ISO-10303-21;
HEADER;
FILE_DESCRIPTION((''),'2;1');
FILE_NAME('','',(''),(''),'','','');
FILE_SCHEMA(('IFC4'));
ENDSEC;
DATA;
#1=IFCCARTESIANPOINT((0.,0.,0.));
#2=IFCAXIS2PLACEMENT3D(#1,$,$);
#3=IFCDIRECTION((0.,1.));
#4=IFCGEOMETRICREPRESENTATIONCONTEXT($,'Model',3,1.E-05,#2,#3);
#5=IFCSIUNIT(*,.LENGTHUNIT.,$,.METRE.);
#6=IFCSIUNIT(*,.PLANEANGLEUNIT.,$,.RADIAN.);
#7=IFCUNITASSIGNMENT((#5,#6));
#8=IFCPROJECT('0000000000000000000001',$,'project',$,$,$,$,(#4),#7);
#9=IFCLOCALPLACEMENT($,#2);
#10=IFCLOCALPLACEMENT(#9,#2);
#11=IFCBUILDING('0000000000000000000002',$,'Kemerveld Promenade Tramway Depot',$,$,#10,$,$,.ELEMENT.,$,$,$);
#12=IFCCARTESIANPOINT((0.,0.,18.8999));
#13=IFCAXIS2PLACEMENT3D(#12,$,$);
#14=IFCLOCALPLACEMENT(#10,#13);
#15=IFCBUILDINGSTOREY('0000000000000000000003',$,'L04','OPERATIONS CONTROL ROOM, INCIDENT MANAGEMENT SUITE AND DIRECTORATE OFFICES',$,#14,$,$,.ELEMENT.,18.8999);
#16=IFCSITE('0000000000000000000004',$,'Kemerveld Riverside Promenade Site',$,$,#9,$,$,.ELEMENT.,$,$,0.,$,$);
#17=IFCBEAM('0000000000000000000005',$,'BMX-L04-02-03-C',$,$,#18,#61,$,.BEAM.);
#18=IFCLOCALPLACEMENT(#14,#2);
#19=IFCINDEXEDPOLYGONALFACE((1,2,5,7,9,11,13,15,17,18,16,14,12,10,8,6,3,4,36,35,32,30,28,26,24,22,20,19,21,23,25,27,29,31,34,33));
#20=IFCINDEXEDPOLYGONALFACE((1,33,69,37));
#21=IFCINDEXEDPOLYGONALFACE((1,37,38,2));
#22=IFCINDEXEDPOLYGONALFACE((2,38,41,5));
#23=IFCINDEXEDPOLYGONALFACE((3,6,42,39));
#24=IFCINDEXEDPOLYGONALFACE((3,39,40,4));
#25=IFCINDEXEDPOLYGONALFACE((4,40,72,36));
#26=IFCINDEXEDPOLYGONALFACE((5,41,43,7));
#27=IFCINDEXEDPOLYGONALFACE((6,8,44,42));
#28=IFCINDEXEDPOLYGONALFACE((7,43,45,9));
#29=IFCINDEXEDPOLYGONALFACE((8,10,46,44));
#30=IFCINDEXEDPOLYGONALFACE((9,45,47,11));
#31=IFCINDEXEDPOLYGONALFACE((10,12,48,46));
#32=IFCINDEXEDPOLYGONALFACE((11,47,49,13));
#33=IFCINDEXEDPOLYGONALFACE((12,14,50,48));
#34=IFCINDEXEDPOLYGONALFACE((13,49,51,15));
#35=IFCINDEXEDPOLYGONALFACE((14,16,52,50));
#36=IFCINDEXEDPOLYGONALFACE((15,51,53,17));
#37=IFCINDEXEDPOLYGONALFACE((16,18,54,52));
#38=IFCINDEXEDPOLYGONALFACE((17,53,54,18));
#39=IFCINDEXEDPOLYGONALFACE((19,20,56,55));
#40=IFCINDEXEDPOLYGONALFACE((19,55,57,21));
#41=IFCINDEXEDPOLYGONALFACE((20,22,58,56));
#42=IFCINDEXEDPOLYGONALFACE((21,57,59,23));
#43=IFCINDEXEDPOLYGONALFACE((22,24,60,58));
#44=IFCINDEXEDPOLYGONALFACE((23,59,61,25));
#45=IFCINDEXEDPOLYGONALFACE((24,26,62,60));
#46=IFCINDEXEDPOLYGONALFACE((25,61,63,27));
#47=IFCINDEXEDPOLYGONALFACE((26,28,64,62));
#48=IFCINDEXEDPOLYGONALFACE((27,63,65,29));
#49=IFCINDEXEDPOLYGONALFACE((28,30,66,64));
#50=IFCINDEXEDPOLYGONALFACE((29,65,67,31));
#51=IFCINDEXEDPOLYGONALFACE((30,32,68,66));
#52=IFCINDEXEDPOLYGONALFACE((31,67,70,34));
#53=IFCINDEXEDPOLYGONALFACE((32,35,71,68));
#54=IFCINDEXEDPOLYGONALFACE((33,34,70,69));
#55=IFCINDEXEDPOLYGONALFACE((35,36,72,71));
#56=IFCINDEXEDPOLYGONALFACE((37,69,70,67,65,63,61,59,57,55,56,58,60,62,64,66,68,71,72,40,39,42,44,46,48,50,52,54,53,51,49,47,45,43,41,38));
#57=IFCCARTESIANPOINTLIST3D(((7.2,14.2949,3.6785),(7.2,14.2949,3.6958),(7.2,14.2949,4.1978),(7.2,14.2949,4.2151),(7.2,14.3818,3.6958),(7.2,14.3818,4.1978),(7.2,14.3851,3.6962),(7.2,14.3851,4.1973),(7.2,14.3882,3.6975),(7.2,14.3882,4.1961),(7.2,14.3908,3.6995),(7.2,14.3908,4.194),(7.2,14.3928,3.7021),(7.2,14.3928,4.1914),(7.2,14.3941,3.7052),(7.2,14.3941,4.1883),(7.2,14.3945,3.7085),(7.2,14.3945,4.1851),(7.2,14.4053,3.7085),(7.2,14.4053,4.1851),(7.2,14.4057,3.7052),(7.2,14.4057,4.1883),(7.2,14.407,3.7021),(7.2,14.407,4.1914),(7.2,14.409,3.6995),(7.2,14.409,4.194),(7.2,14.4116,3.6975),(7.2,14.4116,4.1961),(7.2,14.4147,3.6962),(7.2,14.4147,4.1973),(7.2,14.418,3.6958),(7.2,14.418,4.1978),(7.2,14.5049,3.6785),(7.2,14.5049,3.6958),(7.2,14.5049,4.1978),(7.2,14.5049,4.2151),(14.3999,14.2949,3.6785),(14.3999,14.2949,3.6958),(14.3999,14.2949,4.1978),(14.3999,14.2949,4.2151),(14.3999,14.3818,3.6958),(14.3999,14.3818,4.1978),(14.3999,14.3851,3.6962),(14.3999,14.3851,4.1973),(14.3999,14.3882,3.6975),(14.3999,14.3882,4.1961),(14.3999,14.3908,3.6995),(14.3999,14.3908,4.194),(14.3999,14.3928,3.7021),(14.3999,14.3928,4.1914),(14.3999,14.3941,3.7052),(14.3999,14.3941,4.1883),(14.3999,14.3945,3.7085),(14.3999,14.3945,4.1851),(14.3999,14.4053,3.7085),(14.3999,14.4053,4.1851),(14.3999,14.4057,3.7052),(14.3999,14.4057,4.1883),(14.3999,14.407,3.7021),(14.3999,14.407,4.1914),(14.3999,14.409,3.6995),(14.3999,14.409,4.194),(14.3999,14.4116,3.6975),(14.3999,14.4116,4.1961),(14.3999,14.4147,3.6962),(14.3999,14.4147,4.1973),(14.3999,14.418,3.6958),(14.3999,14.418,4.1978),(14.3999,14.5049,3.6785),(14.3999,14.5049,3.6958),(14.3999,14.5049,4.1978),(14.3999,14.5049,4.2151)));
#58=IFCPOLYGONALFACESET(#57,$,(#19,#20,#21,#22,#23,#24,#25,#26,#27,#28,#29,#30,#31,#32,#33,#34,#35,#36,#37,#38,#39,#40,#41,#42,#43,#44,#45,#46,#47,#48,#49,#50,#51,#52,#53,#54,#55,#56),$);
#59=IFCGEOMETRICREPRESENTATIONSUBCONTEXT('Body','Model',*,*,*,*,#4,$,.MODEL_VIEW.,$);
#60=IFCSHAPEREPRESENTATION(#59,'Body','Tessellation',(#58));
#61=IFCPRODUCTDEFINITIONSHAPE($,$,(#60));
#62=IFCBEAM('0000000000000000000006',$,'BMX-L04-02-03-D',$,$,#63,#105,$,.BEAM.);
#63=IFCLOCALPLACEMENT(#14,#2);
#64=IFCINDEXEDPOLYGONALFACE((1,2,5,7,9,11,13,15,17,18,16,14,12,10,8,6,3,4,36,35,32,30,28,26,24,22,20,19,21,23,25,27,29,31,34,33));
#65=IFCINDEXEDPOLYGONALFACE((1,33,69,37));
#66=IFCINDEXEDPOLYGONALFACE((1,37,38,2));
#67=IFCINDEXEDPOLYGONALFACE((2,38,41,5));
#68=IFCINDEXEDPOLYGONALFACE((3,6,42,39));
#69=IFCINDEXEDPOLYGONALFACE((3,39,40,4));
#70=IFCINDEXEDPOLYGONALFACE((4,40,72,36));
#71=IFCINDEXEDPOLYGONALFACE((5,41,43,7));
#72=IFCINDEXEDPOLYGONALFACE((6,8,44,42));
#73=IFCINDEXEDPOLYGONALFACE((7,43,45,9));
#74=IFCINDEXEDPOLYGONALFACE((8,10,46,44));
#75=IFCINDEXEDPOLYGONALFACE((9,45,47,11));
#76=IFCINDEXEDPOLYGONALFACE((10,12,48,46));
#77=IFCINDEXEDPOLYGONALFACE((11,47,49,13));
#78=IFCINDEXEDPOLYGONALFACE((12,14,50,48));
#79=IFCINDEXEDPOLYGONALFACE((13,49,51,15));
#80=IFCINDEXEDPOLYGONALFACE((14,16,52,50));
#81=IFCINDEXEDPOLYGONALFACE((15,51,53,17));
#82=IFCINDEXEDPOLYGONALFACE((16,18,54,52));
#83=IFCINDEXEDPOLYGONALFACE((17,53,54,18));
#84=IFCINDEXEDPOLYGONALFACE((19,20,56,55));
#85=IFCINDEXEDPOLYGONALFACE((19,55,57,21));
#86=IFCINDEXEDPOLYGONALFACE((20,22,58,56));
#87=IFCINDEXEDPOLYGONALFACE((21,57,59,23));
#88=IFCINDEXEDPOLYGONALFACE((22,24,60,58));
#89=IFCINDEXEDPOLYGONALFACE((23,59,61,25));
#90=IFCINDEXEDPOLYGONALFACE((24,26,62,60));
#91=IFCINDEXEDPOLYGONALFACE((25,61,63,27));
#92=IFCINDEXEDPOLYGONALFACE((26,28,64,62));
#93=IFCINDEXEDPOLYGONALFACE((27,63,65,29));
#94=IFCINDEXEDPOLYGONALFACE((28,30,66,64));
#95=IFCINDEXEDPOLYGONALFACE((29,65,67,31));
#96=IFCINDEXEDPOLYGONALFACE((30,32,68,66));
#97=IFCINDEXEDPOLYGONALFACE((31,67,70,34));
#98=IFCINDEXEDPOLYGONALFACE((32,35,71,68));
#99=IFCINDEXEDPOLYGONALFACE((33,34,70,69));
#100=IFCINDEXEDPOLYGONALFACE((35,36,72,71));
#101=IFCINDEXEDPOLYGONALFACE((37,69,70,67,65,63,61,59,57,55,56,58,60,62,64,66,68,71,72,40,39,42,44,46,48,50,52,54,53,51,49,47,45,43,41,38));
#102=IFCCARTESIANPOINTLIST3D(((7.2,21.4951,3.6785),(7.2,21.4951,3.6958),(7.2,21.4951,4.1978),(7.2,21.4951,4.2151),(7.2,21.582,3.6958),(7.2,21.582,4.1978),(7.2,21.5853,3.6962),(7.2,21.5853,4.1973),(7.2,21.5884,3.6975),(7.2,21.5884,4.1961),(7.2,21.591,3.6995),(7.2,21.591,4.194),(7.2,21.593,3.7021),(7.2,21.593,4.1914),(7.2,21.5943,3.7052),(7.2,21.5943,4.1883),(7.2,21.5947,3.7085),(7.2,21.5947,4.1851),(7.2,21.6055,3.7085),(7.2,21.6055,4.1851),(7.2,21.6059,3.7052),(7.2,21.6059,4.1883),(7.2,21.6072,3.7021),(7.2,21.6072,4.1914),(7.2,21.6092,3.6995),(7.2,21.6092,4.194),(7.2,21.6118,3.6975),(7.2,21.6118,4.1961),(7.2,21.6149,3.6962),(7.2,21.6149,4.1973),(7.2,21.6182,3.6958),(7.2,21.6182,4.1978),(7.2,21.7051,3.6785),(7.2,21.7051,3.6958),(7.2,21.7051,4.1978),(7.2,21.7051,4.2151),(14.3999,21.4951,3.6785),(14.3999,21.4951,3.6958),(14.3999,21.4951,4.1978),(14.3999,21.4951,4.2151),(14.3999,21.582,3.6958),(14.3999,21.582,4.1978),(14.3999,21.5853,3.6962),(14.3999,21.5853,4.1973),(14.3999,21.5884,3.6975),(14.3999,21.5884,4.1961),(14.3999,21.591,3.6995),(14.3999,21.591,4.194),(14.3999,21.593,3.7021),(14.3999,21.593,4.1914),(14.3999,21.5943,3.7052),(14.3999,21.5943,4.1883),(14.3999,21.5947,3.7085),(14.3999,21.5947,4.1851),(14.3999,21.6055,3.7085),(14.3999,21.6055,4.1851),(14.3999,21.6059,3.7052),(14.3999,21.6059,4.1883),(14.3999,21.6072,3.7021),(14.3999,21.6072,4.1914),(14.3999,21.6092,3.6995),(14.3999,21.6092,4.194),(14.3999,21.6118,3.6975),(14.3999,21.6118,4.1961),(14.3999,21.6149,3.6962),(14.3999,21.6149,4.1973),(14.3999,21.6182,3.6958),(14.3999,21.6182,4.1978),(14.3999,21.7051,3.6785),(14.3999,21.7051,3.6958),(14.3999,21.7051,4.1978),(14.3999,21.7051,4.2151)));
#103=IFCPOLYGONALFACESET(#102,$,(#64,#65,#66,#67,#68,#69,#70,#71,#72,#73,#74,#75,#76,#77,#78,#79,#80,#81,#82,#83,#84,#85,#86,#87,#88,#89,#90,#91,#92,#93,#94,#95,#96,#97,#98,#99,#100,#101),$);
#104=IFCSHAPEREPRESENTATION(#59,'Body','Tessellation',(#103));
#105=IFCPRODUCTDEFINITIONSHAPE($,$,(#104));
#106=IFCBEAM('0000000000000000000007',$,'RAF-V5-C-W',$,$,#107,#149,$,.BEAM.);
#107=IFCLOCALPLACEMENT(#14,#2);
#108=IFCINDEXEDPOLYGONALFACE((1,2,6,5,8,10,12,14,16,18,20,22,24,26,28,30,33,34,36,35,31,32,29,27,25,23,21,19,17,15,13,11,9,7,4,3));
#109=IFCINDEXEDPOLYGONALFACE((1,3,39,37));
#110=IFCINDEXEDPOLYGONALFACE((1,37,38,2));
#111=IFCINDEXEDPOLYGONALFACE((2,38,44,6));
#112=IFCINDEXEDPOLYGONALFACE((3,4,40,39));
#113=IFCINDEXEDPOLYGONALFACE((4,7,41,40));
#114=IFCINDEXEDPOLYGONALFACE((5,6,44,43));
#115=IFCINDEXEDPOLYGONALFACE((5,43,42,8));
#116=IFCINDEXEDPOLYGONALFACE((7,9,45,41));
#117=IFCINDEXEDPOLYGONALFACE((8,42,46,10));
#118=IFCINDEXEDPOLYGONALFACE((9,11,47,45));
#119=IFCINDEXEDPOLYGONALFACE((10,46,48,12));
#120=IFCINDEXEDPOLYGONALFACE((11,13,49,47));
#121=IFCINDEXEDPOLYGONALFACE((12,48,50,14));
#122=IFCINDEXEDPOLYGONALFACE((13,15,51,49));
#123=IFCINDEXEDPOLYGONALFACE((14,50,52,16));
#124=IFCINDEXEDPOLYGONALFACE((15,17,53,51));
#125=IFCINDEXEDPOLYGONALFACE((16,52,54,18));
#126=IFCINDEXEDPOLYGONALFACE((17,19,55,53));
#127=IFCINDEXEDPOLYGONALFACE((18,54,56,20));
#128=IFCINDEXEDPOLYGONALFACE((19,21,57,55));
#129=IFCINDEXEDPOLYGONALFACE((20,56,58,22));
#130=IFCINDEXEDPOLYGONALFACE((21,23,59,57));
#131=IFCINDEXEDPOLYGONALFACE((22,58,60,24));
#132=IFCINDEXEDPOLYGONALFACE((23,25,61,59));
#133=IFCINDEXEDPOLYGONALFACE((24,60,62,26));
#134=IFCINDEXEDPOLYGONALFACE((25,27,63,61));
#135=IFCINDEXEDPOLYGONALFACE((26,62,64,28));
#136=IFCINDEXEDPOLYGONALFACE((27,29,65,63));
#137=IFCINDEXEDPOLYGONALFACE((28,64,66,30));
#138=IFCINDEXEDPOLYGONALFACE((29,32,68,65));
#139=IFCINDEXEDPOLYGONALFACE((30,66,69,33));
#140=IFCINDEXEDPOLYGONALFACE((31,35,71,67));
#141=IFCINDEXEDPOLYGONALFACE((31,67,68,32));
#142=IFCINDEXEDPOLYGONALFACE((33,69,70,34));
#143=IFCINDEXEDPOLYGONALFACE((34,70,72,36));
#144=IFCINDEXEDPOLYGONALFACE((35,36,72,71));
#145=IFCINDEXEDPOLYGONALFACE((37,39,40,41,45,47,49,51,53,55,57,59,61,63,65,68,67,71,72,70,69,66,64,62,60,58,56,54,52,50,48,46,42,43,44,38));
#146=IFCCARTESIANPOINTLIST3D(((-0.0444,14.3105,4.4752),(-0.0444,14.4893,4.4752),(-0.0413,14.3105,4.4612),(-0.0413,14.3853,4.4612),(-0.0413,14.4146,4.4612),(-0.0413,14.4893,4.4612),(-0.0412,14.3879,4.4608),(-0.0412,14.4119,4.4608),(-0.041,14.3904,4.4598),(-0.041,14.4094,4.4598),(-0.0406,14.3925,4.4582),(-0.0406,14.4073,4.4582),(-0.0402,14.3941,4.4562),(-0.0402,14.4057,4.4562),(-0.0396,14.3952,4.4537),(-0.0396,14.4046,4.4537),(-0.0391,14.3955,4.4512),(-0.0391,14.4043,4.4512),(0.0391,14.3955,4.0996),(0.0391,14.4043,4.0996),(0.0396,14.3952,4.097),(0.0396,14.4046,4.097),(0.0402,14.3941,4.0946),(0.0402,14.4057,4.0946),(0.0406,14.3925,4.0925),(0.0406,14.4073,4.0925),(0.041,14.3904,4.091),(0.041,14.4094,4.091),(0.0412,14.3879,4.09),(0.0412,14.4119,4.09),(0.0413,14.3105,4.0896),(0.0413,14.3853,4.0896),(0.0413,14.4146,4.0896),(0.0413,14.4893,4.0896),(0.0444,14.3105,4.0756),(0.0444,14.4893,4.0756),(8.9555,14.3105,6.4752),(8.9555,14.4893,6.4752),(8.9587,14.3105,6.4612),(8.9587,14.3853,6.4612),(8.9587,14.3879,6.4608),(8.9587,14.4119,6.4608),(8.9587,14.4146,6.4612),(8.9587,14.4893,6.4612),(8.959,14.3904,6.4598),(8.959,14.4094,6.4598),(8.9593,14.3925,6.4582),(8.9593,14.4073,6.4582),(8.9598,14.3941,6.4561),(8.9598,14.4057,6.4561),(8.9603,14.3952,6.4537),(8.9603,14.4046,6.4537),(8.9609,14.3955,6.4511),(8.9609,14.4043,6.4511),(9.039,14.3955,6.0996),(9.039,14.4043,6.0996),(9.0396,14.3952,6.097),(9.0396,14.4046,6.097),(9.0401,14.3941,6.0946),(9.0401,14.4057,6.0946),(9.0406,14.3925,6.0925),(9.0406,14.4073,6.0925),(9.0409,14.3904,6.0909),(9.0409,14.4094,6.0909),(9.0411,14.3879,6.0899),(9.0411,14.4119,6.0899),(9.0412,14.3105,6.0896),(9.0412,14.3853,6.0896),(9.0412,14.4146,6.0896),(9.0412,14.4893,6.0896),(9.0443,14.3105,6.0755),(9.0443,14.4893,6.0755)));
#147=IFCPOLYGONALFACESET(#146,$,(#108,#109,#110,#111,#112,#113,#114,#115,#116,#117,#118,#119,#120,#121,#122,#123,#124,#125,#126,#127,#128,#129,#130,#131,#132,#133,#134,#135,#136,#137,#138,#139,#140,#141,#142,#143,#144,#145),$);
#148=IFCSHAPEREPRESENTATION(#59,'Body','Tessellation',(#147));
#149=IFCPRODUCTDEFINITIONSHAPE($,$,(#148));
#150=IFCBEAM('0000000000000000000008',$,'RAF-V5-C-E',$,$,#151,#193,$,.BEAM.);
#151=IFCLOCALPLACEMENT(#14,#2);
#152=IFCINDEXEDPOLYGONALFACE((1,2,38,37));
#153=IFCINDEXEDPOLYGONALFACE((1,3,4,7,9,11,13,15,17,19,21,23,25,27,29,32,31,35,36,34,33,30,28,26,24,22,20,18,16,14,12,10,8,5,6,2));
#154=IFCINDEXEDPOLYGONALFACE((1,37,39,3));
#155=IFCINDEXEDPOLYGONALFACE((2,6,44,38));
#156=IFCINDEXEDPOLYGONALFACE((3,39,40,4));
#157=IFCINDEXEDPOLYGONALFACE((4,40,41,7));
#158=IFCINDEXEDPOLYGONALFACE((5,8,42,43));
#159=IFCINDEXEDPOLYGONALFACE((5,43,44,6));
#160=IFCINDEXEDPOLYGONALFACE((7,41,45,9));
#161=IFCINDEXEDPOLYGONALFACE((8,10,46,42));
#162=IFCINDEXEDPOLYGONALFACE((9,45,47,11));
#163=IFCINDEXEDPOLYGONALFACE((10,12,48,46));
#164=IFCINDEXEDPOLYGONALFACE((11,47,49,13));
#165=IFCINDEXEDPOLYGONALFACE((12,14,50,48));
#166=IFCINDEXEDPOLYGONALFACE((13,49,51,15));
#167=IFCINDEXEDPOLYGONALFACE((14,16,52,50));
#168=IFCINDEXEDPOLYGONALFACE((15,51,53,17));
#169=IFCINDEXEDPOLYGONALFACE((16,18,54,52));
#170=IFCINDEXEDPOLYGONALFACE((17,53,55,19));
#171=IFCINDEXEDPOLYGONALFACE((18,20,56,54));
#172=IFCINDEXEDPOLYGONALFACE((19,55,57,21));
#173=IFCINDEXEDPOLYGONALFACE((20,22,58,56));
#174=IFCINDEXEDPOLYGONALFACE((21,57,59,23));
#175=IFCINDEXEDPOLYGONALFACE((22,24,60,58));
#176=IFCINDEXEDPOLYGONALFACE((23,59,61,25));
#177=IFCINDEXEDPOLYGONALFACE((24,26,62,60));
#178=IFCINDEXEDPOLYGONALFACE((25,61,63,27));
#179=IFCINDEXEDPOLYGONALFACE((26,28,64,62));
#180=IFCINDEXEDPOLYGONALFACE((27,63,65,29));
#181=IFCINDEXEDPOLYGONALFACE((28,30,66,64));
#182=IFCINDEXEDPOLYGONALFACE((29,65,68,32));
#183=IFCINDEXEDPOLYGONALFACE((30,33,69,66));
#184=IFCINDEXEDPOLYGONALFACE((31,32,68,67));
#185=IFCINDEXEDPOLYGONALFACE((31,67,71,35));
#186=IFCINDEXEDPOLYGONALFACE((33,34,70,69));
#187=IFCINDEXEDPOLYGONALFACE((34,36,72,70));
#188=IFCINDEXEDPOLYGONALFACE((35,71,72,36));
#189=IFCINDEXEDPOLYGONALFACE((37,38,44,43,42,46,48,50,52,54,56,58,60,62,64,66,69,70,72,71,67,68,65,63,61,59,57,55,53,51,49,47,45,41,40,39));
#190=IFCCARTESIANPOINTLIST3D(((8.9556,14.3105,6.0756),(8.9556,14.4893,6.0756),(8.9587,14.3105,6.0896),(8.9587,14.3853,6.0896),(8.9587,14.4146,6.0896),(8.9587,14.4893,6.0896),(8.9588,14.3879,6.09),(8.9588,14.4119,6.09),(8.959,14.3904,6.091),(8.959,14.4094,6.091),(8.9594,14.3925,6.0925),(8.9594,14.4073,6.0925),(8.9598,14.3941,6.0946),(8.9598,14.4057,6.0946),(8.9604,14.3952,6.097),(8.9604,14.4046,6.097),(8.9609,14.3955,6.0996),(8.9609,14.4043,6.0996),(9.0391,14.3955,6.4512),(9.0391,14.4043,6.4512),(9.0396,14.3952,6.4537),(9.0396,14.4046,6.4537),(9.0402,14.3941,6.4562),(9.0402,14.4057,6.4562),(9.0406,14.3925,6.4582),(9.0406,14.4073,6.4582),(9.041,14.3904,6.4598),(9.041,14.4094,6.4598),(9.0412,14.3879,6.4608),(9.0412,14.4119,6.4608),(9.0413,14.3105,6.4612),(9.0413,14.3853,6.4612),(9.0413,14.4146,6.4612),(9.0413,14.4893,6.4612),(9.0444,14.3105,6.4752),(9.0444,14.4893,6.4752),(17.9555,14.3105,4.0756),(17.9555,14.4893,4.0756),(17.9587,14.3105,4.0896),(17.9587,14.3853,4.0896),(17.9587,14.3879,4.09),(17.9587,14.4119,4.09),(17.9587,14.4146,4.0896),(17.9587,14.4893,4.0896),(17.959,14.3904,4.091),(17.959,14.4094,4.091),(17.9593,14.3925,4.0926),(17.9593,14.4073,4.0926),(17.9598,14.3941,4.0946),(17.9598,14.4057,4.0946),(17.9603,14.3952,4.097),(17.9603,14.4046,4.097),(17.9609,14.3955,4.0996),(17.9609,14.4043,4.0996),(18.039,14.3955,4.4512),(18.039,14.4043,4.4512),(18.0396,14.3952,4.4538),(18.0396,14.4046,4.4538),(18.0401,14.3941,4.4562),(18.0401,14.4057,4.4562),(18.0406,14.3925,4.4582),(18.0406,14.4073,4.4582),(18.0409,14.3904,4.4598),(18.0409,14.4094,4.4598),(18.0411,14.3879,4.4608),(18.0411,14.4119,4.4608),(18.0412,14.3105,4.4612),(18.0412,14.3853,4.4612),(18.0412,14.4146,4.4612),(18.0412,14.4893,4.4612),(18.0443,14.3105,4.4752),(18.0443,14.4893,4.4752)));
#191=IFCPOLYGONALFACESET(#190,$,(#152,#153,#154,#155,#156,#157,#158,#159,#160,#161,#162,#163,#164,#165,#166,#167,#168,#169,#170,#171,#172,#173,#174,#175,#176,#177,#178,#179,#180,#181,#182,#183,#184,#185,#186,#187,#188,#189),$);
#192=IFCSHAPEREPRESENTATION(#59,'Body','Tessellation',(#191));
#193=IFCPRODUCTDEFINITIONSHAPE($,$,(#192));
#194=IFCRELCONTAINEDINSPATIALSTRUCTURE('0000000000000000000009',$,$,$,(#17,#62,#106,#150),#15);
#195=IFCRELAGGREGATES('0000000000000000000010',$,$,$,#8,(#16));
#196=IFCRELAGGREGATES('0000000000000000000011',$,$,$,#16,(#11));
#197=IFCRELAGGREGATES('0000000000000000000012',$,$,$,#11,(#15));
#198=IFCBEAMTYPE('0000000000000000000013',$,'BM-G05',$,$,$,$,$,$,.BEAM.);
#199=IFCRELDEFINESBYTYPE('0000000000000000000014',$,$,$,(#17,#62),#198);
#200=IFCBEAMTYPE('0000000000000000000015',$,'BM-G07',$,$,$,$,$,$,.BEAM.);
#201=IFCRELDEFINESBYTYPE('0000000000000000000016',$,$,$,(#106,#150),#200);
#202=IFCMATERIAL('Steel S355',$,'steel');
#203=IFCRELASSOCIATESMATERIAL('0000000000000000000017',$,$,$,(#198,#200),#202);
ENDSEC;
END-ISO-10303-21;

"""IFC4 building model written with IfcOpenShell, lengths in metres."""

from ifc_helpers import new_model, si_unit, direction, frame, origin, origin_2d, place, context, subcontext, project, spatial, i_section, extrude, material, material_profile, profile_set, type_object, element, save


model = new_model("IFC4")

# Units and contexts
model_context = context("Model", 3, precision=1e-05, world=origin(), true_north=direction((0.0, 1.0)))
body_context = subcontext(model_context, "Body", "Model", "MODEL_VIEW")
ifc_project = project(units=[si_unit("LENGTHUNIT", "METRE"), si_unit("PLANEANGLEUNIT", "RADIAN")], contexts=[model_context])

# Site, building, storey
site_placement = place(None, origin())
site = spatial("IfcSite", under=ifc_project, at=site_placement, Name="Kemerveld Riverside Promenade Site", CompositionType="ELEMENT", RefElevation=0.0)
building_placement = place(site_placement, origin())
building = spatial("IfcBuilding", under=site, at=building_placement, Name="Kemerveld Promenade Tramway Depot", CompositionType="ELEMENT")
storey_placement = place(building_placement, frame((0.0, 0.0, 18.8999)))
storey = spatial("IfcBuildingStorey", under=building, at=storey_placement, Name="L04", Description="OPERATIONS CONTROL ROOM, INCIDENT MANAGEMENT SUITE AND DIRECTORATE OFFICES", CompositionType="ELEMENT", Elevation=18.8999)

# Shared definitions
ifc_material_1 = material(Name="Steel S355", Category="steel")

# Beams
ifc_material_profile_1 = material_profile(ifc_material_1, i_section(OverallWidth=0.21, OverallDepth=0.5366, WebThickness=0.0107, FlangeThickness=0.0173, FilletRadius=0.0127, at=origin_2d()), Name="533x210x101 UB")
ifc_profile_set_1 = profile_set([ifc_material_profile_1], Name="Steel S355")
beam_type_1 = type_object("IfcBeamType", Name="BM-G05", PredefinedType="BEAM", material=ifc_profile_set_1)
for number, where, z_axis, x_axis, name in (
    (1, (7.2, 14.3999, 3.9468), (1.0, 0.0, 0.0), (0.0, 1.0, 0.0), "BMX-L04-02-03-C"),
    (2, (7.2, 21.6001, 3.9468), (1.0, 0.0, 0.0), (0.0, 1.0, 0.0), "BMX-L04-02-03-D"),
):
    element("IfcBeam", number, at=place(storey_placement, frame(where, z_axis=z_axis, x_axis=x_axis)), inside=storey, type_object=beam_type_1, Name=name, PredefinedType="BEAM", context=body_context, shape_type="SweptSolid", body=[
        extrude(i_section(OverallWidth=0.21, OverallDepth=0.5366, WebThickness=0.0107, FlangeThickness=0.0173, FilletRadius=0.0127, at=origin_2d()), origin(), (0.0, 0.0, 1.0), 7.2),
    ])
ifc_material_profile_2 = material_profile(ifc_material_1, i_section(OverallWidth=0.1787, OverallDepth=0.4094, WebThickness=0.0088, FlangeThickness=0.0144, FilletRadius=0.0103, at=origin_2d()), Name="406x178x67 UB")
ifc_profile_set_2 = profile_set([ifc_material_profile_2], Name="Steel S355")
beam_type_2 = type_object("IfcBeamType", Name="BM-G07", PredefinedType="BEAM", material=ifc_profile_set_2)
for number, where, z_axis, x_axis, name in (
    (3, (0.0, 14.3999, 4.2754), (0.976187, 0.0, 0.21693), (0.0, 1.0, 0.0), "RAF-V5-C-W"),
    (4, (9.0, 14.3999, 6.2754), (0.976187, 0.0, -0.21693), (0.0, 1.0, 0.0), "RAF-V5-C-E"),
):
    element("IfcBeam", number, at=place(storey_placement, frame(where, z_axis=z_axis, x_axis=x_axis)), inside=storey, type_object=beam_type_2, Name=name, PredefinedType="BEAM", context=body_context, shape_type="SweptSolid", body=[
        extrude(i_section(OverallWidth=0.1787, OverallDepth=0.4094, WebThickness=0.0088, FlangeThickness=0.0144, FilletRadius=0.0103, at=origin_2d()), origin(), (0.0, 0.0, 1.0), 9.2195),
    ])

save(model, "model.ifc")
